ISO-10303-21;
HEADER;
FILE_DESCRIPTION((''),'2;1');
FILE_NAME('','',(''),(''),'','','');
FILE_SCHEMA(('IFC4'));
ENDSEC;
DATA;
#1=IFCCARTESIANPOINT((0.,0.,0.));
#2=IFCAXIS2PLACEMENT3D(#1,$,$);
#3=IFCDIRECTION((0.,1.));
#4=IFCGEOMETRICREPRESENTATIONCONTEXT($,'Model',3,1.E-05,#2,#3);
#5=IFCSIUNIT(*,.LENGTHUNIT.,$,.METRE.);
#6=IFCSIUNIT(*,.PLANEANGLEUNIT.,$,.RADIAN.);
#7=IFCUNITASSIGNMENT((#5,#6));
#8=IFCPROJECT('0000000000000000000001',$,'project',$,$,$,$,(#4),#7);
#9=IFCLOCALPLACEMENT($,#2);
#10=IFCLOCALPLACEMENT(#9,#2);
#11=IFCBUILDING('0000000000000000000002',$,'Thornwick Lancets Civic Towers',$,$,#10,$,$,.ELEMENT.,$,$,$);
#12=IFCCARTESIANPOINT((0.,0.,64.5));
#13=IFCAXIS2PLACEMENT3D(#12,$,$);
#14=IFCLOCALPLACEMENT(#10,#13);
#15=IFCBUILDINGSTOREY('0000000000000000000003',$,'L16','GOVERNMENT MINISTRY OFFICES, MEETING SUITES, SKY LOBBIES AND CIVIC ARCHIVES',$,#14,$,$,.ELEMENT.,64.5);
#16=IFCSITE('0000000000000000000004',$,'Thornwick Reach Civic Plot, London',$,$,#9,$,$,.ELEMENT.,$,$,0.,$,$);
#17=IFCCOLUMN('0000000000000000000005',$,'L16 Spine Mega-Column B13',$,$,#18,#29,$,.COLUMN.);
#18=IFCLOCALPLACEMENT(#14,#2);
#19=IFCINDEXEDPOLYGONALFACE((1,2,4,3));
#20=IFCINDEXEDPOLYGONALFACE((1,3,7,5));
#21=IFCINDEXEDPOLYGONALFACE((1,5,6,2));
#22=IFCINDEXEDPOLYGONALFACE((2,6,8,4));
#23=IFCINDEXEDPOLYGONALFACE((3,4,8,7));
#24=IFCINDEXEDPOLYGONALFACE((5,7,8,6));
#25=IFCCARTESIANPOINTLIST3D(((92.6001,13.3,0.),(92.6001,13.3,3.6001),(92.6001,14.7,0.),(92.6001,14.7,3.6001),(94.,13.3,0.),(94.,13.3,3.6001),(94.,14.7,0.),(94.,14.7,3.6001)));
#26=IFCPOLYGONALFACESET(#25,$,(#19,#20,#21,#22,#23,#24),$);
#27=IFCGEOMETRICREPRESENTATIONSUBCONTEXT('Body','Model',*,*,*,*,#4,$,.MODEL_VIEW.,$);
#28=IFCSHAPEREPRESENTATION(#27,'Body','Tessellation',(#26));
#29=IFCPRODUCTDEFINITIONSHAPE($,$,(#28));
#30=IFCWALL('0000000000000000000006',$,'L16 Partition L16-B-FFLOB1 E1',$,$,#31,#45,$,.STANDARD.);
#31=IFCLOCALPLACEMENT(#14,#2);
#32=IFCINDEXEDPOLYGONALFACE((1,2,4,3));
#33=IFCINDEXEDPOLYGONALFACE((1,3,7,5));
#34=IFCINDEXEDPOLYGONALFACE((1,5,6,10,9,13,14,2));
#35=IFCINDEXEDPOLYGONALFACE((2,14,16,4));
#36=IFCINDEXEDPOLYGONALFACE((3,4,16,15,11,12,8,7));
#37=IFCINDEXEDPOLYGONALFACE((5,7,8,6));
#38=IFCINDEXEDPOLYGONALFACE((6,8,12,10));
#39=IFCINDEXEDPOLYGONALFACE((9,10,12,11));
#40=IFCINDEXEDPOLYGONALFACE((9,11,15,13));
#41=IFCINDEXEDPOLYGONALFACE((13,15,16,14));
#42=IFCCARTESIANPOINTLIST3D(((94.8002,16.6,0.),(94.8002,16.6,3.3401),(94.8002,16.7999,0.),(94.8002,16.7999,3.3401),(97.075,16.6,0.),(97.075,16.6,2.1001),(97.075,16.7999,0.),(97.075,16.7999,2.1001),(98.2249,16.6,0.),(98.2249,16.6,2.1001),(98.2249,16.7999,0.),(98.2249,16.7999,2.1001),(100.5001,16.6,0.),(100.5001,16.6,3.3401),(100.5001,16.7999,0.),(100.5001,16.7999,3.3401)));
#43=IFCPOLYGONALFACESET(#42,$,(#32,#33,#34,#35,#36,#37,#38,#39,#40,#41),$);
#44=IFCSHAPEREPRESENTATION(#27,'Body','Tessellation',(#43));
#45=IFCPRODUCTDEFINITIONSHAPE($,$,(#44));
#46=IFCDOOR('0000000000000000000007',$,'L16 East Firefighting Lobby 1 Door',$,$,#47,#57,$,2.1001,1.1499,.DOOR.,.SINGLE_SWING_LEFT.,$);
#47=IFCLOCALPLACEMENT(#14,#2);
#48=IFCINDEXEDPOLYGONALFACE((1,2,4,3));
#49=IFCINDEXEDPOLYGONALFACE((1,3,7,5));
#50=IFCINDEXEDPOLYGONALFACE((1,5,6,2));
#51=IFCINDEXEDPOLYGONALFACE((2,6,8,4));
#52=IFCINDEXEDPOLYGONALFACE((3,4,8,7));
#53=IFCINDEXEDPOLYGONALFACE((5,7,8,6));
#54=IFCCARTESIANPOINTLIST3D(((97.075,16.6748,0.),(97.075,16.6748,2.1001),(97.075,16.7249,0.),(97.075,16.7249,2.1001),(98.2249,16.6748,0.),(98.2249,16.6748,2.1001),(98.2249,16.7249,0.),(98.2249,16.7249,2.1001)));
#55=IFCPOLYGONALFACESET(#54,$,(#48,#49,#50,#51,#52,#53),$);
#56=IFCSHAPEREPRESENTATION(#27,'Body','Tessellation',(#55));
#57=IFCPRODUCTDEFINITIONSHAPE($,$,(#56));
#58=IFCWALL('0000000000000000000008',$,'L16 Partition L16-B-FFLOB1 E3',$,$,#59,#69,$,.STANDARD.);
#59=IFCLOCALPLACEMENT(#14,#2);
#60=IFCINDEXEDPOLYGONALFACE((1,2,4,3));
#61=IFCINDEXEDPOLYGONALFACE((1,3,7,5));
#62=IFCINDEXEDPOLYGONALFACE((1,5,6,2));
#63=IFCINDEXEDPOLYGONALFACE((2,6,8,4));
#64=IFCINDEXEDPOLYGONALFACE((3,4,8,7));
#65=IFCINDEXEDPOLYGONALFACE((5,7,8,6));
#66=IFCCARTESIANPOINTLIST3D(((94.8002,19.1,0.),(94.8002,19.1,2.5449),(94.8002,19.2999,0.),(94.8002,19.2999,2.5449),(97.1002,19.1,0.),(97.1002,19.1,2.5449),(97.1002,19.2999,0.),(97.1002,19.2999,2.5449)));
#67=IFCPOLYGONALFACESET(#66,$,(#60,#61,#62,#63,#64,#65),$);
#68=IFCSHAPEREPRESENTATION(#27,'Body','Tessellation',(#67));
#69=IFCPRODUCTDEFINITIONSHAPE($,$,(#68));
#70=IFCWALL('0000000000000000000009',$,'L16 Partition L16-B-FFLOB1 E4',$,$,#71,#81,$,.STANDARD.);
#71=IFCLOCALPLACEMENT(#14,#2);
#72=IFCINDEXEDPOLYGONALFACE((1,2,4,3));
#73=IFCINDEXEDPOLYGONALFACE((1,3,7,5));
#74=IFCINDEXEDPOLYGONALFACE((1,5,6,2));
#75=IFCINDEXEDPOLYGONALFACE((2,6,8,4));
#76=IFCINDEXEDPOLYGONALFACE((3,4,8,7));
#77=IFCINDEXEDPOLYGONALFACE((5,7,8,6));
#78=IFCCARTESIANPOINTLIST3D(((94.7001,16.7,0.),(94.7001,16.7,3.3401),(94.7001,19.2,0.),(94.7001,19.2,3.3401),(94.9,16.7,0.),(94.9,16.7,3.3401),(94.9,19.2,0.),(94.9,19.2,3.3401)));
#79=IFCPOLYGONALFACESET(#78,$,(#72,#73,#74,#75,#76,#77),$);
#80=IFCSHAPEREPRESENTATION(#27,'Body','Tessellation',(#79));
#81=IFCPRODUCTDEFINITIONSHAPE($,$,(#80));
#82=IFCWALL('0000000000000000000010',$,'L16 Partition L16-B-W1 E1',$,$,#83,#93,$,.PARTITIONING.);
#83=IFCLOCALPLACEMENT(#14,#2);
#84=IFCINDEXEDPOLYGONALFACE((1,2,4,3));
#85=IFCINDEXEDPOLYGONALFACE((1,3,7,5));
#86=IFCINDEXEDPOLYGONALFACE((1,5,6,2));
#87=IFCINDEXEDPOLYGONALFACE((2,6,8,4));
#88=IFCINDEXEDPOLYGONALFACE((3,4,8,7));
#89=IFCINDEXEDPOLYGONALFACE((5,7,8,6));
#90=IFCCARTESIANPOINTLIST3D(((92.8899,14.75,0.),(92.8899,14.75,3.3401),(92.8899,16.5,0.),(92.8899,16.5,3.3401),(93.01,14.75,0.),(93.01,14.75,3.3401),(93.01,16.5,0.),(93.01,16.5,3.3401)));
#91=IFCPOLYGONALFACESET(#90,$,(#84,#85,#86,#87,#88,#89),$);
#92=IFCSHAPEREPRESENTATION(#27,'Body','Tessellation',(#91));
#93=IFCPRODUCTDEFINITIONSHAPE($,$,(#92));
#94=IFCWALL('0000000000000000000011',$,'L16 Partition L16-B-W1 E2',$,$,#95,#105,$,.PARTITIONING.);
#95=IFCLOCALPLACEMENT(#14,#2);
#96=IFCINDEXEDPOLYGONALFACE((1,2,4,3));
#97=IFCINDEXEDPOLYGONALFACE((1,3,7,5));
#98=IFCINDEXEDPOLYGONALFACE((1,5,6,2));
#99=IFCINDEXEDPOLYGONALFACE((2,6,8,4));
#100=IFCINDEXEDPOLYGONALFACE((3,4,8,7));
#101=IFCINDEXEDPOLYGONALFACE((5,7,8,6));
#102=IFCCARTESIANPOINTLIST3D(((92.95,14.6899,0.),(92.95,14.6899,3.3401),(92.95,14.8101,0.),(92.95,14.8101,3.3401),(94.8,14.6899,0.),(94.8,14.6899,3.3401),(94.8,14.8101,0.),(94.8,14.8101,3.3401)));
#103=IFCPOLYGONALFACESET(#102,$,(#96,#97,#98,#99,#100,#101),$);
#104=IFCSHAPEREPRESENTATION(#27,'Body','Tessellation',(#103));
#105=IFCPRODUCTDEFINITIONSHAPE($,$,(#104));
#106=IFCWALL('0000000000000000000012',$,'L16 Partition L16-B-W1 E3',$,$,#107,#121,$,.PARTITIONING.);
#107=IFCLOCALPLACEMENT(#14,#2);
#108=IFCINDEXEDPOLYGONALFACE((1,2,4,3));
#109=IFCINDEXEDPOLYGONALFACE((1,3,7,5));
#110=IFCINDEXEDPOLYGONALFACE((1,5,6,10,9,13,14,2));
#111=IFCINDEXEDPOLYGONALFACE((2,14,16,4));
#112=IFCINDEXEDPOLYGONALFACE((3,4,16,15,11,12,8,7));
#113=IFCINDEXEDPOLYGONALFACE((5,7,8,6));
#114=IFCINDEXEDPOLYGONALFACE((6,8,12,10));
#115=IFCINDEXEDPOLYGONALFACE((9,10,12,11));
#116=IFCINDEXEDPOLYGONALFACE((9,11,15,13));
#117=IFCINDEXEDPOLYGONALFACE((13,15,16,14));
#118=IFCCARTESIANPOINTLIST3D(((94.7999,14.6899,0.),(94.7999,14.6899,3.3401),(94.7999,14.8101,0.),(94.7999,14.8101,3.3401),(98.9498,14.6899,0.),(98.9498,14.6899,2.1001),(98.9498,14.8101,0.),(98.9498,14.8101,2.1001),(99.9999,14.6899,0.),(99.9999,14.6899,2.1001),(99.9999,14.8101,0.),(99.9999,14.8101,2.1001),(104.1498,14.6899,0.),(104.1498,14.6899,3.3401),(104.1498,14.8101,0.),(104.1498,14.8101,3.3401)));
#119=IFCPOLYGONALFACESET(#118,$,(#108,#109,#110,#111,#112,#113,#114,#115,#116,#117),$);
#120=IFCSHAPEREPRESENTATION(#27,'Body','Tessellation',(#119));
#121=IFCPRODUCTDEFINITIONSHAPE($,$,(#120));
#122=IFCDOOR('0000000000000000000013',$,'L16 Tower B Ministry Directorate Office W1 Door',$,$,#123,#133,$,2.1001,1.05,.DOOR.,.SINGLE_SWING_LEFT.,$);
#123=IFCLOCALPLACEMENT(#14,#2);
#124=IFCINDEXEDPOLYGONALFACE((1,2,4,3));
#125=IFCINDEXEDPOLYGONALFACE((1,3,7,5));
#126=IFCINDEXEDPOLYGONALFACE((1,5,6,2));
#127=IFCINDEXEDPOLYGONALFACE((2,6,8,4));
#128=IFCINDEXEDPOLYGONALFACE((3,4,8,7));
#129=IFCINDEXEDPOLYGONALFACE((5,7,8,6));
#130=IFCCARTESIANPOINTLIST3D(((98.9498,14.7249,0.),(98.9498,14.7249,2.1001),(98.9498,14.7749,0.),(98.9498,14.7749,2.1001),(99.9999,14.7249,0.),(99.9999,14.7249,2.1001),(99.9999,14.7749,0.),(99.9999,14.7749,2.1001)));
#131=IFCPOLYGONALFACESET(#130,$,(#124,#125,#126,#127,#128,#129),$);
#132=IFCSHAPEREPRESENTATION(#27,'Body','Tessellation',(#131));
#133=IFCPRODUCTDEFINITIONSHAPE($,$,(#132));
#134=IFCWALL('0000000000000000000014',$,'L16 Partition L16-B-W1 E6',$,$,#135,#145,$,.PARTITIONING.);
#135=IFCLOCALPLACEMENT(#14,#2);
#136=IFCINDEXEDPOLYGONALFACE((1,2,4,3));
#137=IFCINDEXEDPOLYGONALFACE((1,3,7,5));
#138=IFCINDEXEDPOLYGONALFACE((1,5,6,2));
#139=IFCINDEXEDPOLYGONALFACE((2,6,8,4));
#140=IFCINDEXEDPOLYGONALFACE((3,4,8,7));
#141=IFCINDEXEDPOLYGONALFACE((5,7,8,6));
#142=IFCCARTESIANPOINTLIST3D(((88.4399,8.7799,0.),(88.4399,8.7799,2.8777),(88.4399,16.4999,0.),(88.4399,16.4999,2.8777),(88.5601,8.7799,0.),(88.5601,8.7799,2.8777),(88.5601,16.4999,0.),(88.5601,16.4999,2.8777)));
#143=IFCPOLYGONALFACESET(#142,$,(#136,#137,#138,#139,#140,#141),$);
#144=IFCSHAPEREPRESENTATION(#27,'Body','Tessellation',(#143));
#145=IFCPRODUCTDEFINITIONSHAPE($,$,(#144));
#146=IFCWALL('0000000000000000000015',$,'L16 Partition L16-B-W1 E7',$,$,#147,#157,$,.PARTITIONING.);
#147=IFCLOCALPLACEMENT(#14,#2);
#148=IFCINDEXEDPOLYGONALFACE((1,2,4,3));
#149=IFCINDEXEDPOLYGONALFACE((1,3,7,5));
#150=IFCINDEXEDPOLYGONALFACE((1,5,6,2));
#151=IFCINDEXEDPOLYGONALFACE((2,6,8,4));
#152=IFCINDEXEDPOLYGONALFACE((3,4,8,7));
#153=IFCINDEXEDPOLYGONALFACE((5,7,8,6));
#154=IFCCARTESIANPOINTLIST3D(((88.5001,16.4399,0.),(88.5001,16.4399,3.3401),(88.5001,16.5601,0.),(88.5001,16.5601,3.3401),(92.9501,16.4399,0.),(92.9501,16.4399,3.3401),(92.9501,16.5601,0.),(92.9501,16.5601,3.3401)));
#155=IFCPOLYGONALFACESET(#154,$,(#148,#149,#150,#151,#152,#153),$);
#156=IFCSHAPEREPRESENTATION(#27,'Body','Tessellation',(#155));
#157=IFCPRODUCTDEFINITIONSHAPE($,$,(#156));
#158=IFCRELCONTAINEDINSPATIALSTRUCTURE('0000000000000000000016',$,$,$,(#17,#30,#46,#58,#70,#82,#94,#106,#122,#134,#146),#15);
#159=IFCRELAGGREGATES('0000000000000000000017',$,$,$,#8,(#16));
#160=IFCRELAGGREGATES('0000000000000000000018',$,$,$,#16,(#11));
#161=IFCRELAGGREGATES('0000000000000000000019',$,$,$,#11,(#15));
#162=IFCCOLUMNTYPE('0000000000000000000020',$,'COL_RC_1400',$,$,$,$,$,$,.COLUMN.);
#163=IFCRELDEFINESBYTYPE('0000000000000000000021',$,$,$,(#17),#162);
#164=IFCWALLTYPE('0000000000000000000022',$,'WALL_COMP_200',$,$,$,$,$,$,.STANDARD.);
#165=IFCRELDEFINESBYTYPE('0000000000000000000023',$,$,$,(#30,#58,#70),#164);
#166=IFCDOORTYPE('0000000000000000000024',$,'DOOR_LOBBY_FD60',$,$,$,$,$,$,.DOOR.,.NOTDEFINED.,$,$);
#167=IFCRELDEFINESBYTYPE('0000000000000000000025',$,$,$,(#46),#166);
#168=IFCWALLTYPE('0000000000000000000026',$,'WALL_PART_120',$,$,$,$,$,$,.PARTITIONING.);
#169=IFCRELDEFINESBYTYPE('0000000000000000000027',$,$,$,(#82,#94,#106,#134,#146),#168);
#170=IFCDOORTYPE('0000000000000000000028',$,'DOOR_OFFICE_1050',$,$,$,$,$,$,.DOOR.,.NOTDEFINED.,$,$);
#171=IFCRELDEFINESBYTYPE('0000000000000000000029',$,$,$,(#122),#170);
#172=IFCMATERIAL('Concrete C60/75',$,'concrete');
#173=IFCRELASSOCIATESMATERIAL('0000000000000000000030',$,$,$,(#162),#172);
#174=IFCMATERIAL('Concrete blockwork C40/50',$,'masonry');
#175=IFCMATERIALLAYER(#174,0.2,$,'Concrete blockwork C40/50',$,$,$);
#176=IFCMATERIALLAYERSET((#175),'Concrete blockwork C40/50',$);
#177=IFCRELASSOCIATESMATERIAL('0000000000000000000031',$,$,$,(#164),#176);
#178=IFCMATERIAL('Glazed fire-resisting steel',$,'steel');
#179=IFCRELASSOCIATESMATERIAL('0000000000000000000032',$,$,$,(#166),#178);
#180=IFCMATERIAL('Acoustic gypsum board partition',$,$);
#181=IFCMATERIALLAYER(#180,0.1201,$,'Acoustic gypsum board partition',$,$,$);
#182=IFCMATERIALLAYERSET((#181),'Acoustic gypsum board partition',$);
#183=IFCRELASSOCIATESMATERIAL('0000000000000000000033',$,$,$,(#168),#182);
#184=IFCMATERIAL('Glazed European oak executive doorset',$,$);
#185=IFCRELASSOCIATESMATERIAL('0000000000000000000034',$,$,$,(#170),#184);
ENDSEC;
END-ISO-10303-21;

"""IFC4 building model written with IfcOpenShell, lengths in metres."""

from ifc_helpers import new_model, si_unit, direction, frame, frame_2d, origin, origin_2d, place, context, subcontext, project, spatial, rectangle, extrude, material, layer, layer_set, material_profile, profile_set, type_object, element, fill, save


model = new_model("IFC4")

# Units and contexts
model_context = context("Model", 3, precision=1e-05, world=origin(), true_north=direction((0.0, 1.0)))
body_context = subcontext(model_context, "Body", "Model", "MODEL_VIEW")
ifc_project = project(units=[si_unit("LENGTHUNIT", "METRE"), si_unit("PLANEANGLEUNIT", "RADIAN")], contexts=[model_context])

# Site, building, storey
site_placement = place(None, origin())
site = spatial("IfcSite", under=ifc_project, at=site_placement, Name="Thornwick Reach Civic Plot, London", CompositionType="ELEMENT", RefElevation=0.0)
building_placement = place(site_placement, origin())
building = spatial("IfcBuilding", under=site, at=building_placement, Name="Thornwick Lancets Civic Towers", CompositionType="ELEMENT")
storey_placement = place(building_placement, frame((0.0, 0.0, 64.5)))
storey = spatial("IfcBuildingStorey", under=building, at=storey_placement, Name="L16", Description="GOVERNMENT MINISTRY OFFICES, MEETING SUITES, SKY LOBBIES AND CIVIC ARCHIVES", CompositionType="ELEMENT", Elevation=64.5)

# Column
ifc_material_1 = material(Name="Concrete C60/75", Category="concrete")
ifc_material_profile = material_profile(ifc_material_1, rectangle(XDim=1.3999, YDim=1.3999, at=origin_2d()), Name="RC 1400x1400")
ifc_profile_set = profile_set([ifc_material_profile], Name="Concrete C60/75")
column_type = type_object("IfcColumnType", Name="COL_RC_1400", PredefinedType="COLUMN", material=ifc_profile_set)
column_placement = place(storey_placement, frame((93.3, 14.0, 0.0), z_axis=(0.0, 0.0, 1.0), x_axis=(1.0, 0.0, 0.0)))
element("IfcColumn", 1, at=column_placement, inside=storey, type_object=column_type, Name="L16 Spine Mega-Column B13", PredefinedType="COLUMN", context=body_context, shape_type="SweptSolid", body=[
    extrude(rectangle(XDim=1.3999, YDim=1.3999, at=origin_2d()), origin(), (0.0, 0.0, 1.0), 3.6001),
])

# Wall, opening, door
ifc_material_2 = material(Name="Concrete blockwork C40/50", Category="masonry")
ifc_layer_1 = layer(ifc_material_2, 0.2, Name="Concrete blockwork C40/50")
ifc_layer_set_1 = layer_set([ifc_layer_1], Name="Concrete blockwork C40/50")
wall_type_1 = type_object("IfcWallType", Name="WALL_COMP_200", PredefinedType="STANDARD", material=ifc_layer_set_1)
wall_1_placement = place(storey_placement, frame((94.8, 16.7, 0.0), z_axis=(0.0, 0.0, 1.0), x_axis=(1.0, 0.0, 0.0)))
wall_1 = element("IfcWall", 2, at=wall_1_placement, inside=storey, type_object=wall_type_1, Name="L16 Partition L16-B-FFLOB1 E1", PredefinedType="STANDARD", context=body_context, shape_type="SweptSolid", body=[
    extrude(rectangle(XDim=5.7, YDim=0.2, at=frame_2d((2.8501, 0.0))), origin(), (0.0, 0.0, 1.0), 3.3401),
])
opening_1_placement = place(wall_1_placement, frame((2.2749, 0.0, 0.0)))
opening_1 = element("IfcOpeningElement", 3, at=opening_1_placement, cuts=wall_1, PredefinedType="OPENING", context=body_context, shape_type="SweptSolid", body=[
    extrude(rectangle(XDim=1.1499, YDim=2.1001, at=frame_2d((0.575, 1.05))), frame((0.0, 0.1099, 0.0), z_axis=(0.0, -1.0, 0.0), x_axis=(1.0, 0.0, 0.0)), (0.0, 0.0, 1.0), 0.22),
])
ifc_material_3 = material(Name="Glazed fire-resisting steel", Category="steel")
door_type_1 = type_object("IfcDoorType", Name="DOOR_LOBBY_FD60", OperationType="NOTDEFINED", PredefinedType="DOOR", material=ifc_material_3)
door_1_placement = place(opening_1_placement, origin())
door_1 = element("IfcDoor", 4, at=door_1_placement, inside=storey, type_object=door_type_1, Name="L16 East Firefighting Lobby 1 Door", OperationType="SINGLE_SWING_LEFT", OverallHeight=2.1001, OverallWidth=1.1499, PredefinedType="DOOR", context=body_context, shape_type="SweptSolid", body=[
    extrude(rectangle(XDim=1.1499, YDim=2.1001, at=frame_2d((0.575, 1.05))), frame((0.0, 0.0249, 0.0), z_axis=(0.0, -1.0, 0.0), x_axis=(1.0, 0.0, 0.0)), (0.0, 0.0, 1.0), 0.05),
])
fill(opening_1, door_1)

# Walls
wall_2_placement = place(storey_placement, frame((97.1001, 19.2, 0.0), z_axis=(0.0, 0.0, 1.0), x_axis=(-1.0, 0.0, 0.0)))
element("IfcWall", 5, at=wall_2_placement, inside=storey, type_object=wall_type_1, Name="L16 Partition L16-B-FFLOB1 E3", PredefinedType="STANDARD", context=body_context, shape_type="SweptSolid", body=[
    extrude(rectangle(XDim=2.3, YDim=0.2, at=frame_2d((1.1499, 0.0))), origin(), (0.0, 0.0, 1.0), 2.5449),
])
wall_3_placement = place(storey_placement, frame((94.8, 19.2, 0.0), z_axis=(0.0, 0.0, 1.0), x_axis=(0.0, -1.0, 0.0)))
element("IfcWall", 6, at=wall_3_placement, inside=storey, type_object=wall_type_1, Name="L16 Partition L16-B-FFLOB1 E4", PredefinedType="STANDARD", context=body_context, shape_type="SweptSolid", body=[
    extrude(rectangle(XDim=2.5, YDim=0.2, at=frame_2d((1.25, 0.0))), origin(), (0.0, 0.0, 1.0), 3.3401),
])
ifc_material_4 = material(Name="Acoustic gypsum board partition")
ifc_layer_2 = layer(ifc_material_4, 0.1201, Name="Acoustic gypsum board partition")
ifc_layer_set_2 = layer_set([ifc_layer_2], Name="Acoustic gypsum board partition")
wall_type_2 = type_object("IfcWallType", Name="WALL_PART_120", PredefinedType="PARTITIONING", material=ifc_layer_set_2)
wall_4_placement = place(storey_placement, frame((92.95, 16.5, 0.0), z_axis=(0.0, 0.0, 1.0), x_axis=(0.0, -1.0, 0.0)))
element("IfcWall", 7, at=wall_4_placement, inside=storey, type_object=wall_type_2, Name="L16 Partition L16-B-W1 E1", PredefinedType="PARTITIONING", context=body_context, shape_type="SweptSolid", body=[
    extrude(rectangle(XDim=1.75, YDim=0.1201, at=frame_2d((0.875, 0.0))), origin(), (0.0, 0.0, 1.0), 3.3401),
])
wall_5_placement = place(storey_placement, frame((92.95, 14.75, 0.0), z_axis=(0.0, 0.0, 1.0), x_axis=(1.0, 0.0, 0.0)))
element("IfcWall", 8, at=wall_5_placement, inside=storey, type_object=wall_type_2, Name="L16 Partition L16-B-W1 E2", PredefinedType="PARTITIONING", context=body_context, shape_type="SweptSolid", body=[
    extrude(rectangle(XDim=1.8501, YDim=0.1201, at=frame_2d((0.925, 0.0))), origin(), (0.0, 0.0, 1.0), 3.3401),
])

# Wall, opening, door
wall_6_placement = place(storey_placement, frame((94.8, 14.75, 0.0), z_axis=(0.0, 0.0, 1.0), x_axis=(1.0, 0.0, 0.0)))
wall_6 = element("IfcWall", 9, at=wall_6_placement, inside=storey, type_object=wall_type_2, Name="L16 Partition L16-B-W1 E3", PredefinedType="PARTITIONING", context=body_context, shape_type="SweptSolid", body=[
    extrude(rectangle(XDim=9.3499, YDim=0.1201, at=frame_2d((4.6748, 0.0))), origin(), (0.0, 0.0, 1.0), 3.3401),
])
opening_2_placement = place(wall_6_placement, frame((4.1499, 0.0, 0.0)))
opening_2 = element("IfcOpeningElement", 10, at=opening_2_placement, cuts=wall_6, PredefinedType="OPENING", context=body_context, shape_type="SweptSolid", body=[
    extrude(rectangle(XDim=1.05, YDim=2.1001, at=frame_2d((0.5249, 1.05))), frame((0.0, 0.0701, 0.0), z_axis=(0.0, -1.0, 0.0), x_axis=(1.0, 0.0, 0.0)), (0.0, 0.0, 1.0), 0.1401),
])
ifc_material_5 = material(Name="Glazed European oak executive doorset")
door_type_2 = type_object("IfcDoorType", Name="DOOR_OFFICE_1050", OperationType="NOTDEFINED", PredefinedType="DOOR", material=ifc_material_5)
door_2_placement = place(opening_2_placement, origin())
door_2 = element("IfcDoor", 11, at=door_2_placement, inside=storey, type_object=door_type_2, Name="L16 Tower B Ministry Directorate Office W1 Door", OperationType="SINGLE_SWING_LEFT", OverallHeight=2.1001, OverallWidth=1.05, PredefinedType="DOOR", context=body_context, shape_type="SweptSolid", body=[
    extrude(rectangle(XDim=1.05, YDim=2.1001, at=frame_2d((0.5249, 1.05))), frame((0.0, 0.0249, 0.0), z_axis=(0.0, -1.0, 0.0), x_axis=(1.0, 0.0, 0.0)), (0.0, 0.0, 1.0), 0.05),
])
fill(opening_2, door_2)

# Walls
wall_7_placement = place(storey_placement, frame((88.5, 8.78, 0.0), z_axis=(0.0, 0.0, 1.0), x_axis=(0.0, 1.0, 0.0)))
element("IfcWall", 12, at=wall_7_placement, inside=storey, type_object=wall_type_2, Name="L16 Partition L16-B-W1 E6", PredefinedType="PARTITIONING", context=body_context, shape_type="SweptSolid", body=[
    extrude(rectangle(XDim=7.72, YDim=0.1201, at=frame_2d((3.8599, 0.0))), origin(), (0.0, 0.0, 1.0), 2.8777),
])
wall_8_placement = place(storey_placement, frame((88.5, 16.5, 0.0), z_axis=(0.0, 0.0, 1.0), x_axis=(1.0, 0.0, 0.0)))
element("IfcWall", 13, at=wall_8_placement, inside=storey, type_object=wall_type_2, Name="L16 Partition L16-B-W1 E7", PredefinedType="PARTITIONING", context=body_context, shape_type="SweptSolid", body=[
    extrude(rectangle(XDim=4.45, YDim=0.1201, at=frame_2d((2.2251, 0.0))), origin(), (0.0, 0.0, 1.0), 3.3401),
])

save(model, "model.ifc")
